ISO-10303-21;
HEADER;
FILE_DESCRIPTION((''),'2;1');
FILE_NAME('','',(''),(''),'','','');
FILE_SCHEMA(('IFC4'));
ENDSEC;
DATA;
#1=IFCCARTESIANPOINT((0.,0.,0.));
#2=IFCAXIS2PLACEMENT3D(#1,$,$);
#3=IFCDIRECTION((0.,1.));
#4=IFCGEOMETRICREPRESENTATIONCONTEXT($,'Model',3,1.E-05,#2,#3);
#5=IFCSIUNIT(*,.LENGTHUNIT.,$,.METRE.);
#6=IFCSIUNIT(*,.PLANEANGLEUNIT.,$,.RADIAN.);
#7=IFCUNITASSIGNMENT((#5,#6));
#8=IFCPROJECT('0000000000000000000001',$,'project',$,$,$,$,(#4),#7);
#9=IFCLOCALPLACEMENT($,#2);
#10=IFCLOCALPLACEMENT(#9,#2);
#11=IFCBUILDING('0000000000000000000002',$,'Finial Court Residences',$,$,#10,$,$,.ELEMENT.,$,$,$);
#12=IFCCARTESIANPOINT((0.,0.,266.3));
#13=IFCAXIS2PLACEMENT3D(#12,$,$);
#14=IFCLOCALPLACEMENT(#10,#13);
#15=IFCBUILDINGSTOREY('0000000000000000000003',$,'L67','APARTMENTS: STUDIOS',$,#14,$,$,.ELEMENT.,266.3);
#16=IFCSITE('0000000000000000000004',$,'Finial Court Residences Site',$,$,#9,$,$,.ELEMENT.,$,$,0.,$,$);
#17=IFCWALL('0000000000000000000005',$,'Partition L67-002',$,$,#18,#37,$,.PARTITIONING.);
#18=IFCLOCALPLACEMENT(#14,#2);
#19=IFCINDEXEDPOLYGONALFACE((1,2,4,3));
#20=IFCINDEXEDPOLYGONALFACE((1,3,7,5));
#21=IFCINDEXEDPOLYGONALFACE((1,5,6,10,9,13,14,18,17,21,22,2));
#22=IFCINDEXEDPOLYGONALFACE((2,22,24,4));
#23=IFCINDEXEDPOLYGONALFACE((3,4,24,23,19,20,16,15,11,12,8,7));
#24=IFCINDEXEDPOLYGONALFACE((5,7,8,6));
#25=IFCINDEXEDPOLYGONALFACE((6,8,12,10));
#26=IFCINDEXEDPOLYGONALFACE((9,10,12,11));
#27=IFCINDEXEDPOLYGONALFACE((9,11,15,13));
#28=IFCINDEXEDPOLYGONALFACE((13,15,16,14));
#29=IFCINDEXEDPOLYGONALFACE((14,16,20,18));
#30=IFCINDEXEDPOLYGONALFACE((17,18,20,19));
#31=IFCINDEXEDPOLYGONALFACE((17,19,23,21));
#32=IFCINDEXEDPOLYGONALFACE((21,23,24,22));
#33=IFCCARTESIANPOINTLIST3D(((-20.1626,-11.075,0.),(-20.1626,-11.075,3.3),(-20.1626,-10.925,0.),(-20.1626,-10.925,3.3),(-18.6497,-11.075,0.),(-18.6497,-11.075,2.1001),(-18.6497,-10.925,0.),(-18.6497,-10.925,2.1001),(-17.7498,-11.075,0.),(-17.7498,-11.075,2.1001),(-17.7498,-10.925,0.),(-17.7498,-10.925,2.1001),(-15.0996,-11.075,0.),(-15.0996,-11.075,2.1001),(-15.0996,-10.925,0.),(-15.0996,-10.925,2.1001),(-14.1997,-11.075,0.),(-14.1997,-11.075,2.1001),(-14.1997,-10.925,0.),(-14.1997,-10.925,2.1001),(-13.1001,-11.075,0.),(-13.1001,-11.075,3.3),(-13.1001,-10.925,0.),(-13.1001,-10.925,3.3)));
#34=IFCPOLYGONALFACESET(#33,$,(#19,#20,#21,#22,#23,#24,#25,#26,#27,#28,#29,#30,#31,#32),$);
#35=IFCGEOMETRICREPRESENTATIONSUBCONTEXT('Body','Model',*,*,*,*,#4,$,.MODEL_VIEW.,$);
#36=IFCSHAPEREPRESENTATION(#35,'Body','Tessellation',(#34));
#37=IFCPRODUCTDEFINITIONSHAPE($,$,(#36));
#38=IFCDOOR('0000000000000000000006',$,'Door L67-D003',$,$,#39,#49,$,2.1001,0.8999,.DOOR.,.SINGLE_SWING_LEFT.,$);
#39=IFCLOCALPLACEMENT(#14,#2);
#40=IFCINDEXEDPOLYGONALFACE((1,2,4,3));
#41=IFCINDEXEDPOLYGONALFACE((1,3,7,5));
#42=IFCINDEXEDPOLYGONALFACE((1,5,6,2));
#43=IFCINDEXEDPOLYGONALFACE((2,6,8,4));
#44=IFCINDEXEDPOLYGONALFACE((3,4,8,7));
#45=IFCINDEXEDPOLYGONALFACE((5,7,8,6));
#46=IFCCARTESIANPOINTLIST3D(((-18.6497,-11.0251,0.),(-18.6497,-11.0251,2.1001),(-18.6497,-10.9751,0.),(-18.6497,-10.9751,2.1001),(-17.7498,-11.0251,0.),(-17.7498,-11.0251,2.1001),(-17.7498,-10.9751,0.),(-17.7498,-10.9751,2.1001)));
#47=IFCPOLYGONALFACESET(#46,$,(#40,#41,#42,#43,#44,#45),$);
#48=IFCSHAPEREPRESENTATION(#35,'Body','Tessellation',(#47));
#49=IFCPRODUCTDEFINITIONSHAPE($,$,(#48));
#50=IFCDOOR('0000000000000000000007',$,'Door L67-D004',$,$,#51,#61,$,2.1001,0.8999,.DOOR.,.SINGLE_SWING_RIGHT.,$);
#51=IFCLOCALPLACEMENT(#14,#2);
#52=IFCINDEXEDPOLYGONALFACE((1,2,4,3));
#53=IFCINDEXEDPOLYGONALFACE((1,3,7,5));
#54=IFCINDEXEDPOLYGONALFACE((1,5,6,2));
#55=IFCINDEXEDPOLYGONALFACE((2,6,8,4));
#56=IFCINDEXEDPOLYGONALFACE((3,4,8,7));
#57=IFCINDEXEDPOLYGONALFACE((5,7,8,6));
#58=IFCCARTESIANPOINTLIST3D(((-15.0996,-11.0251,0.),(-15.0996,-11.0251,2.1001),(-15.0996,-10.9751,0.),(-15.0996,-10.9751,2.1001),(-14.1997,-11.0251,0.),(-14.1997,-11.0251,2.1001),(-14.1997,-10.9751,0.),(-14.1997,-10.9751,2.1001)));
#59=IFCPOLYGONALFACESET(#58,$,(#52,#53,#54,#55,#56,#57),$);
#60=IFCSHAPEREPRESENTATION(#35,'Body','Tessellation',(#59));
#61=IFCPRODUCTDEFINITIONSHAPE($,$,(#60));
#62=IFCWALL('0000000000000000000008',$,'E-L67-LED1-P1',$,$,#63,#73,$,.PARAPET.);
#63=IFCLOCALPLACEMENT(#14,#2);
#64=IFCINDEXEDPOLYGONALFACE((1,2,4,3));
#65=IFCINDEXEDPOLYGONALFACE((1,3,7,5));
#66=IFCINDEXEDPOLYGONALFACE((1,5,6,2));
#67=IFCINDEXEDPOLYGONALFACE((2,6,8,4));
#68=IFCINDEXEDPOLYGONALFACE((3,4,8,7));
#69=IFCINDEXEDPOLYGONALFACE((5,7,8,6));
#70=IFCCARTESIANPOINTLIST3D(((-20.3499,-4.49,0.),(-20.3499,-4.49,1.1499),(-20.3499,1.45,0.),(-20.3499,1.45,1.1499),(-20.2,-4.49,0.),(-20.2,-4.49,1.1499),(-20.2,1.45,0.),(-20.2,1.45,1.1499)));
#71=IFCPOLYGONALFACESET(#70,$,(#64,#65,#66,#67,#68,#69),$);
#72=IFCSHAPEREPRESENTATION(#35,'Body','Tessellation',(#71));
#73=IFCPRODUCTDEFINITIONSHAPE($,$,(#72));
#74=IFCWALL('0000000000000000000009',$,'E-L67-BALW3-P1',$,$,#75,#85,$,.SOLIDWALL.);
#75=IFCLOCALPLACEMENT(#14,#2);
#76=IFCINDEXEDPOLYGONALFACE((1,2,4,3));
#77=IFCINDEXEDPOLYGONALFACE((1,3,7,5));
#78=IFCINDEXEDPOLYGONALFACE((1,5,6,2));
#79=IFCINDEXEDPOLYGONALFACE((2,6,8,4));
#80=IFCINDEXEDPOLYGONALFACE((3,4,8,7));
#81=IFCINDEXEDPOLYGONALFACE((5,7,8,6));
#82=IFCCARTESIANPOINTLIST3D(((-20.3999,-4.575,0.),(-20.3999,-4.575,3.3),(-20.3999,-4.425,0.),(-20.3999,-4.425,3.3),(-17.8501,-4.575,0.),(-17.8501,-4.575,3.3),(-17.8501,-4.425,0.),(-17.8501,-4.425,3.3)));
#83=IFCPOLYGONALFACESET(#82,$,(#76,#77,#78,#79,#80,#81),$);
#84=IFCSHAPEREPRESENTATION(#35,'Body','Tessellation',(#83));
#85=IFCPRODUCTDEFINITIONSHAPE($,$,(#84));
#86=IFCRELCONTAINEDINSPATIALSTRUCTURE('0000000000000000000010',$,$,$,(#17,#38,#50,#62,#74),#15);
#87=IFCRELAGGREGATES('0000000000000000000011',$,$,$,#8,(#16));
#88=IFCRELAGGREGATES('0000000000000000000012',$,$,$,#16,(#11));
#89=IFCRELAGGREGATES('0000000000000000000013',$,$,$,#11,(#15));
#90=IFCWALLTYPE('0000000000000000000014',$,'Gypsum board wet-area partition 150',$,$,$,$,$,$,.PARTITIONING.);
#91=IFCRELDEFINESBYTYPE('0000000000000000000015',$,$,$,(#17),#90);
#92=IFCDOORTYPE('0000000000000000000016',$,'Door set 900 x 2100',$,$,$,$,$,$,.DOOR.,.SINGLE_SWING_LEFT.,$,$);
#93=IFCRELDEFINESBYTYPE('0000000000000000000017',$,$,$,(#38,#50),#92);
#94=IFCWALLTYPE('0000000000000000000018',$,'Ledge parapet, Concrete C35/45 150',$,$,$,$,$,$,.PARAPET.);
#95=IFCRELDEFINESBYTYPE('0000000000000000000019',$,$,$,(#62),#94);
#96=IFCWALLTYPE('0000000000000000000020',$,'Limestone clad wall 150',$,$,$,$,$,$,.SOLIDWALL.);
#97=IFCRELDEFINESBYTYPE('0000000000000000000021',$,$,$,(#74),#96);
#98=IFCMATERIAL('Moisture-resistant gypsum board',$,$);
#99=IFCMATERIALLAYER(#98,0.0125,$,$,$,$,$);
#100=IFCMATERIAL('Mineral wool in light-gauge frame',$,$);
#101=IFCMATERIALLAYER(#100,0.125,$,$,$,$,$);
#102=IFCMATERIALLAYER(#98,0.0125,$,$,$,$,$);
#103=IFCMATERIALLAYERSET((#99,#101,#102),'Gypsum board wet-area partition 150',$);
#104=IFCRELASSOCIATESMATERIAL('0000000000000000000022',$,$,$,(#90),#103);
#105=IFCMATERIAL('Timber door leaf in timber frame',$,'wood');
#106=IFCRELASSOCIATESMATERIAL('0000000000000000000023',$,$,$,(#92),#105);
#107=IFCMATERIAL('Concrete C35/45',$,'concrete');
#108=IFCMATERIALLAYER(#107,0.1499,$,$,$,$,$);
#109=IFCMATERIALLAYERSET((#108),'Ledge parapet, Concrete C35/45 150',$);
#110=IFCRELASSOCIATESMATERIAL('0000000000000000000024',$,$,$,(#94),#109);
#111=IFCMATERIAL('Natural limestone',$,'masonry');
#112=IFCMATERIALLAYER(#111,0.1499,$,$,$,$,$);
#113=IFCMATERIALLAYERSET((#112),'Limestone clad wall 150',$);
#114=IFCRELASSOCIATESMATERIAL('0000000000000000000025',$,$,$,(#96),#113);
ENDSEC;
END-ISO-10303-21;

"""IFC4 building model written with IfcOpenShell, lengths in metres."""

from ifc_helpers import new_model, si_unit, direction, frame, frame_2d, origin, place, context, subcontext, project, spatial, rectangle, extrude, material, layer, layer_set, type_object, element, fill, save


model = new_model("IFC4")

# Units and contexts
model_context = context("Model", 3, precision=1e-05, world=origin(), true_north=direction((0.0, 1.0)))
body_context = subcontext(model_context, "Body", "Model", "MODEL_VIEW")
ifc_project = project(units=[si_unit("LENGTHUNIT", "METRE"), si_unit("PLANEANGLEUNIT", "RADIAN")], contexts=[model_context])

# Site, building, storey
site_placement = place(None, origin())
site = spatial("IfcSite", under=ifc_project, at=site_placement, Name="Finial Court Residences Site", CompositionType="ELEMENT", RefElevation=0.0)
building_placement = place(site_placement, origin())
building = spatial("IfcBuilding", under=site, at=building_placement, Name="Finial Court Residences", CompositionType="ELEMENT")
storey_placement = place(building_placement, frame((0.0, 0.0, 266.3)))
storey = spatial("IfcBuildingStorey", under=building, at=storey_placement, Name="L67", Description="APARTMENTS: STUDIOS", CompositionType="ELEMENT", Elevation=266.3)

# Shared definitions
ifc_material_1 = material(Name="Moisture-resistant gypsum board")
ifc_layer_1 = layer(ifc_material_1, 0.0125)
ifc_material_2 = material(Name="Mineral wool in light-gauge frame")
ifc_layer_2 = layer(ifc_material_2, 0.125)
ifc_layer_3 = layer(ifc_material_1, 0.0125)
ifc_layer_set_1 = layer_set([ifc_layer_1, ifc_layer_2, ifc_layer_3], Name="Gypsum board wet-area partition 150")
wall_type_1 = type_object("IfcWallType", Name="Gypsum board wet-area partition 150", PredefinedType="PARTITIONING", material=ifc_layer_set_1)
ifc_material_3 = material(Name="Timber door leaf in timber frame", Category="wood")
door_type_1 = type_object("IfcDoorType", Name="Door set 900 x 2100", OperationType="SINGLE_SWING_LEFT", PredefinedType="DOOR", material=ifc_material_3)

# Wall, openings, doors
wall_1_placement = place(storey_placement, frame((-20.1626, -11.0, 0.0), z_axis=(0.0, 0.0, 1.0), x_axis=(1.0, 0.0, 0.0)))
wall_1 = element("IfcWall", 1, at=wall_1_placement, inside=storey, type_object=wall_type_1, Name="Partition L67-002", PredefinedType="PARTITIONING", context=body_context, shape_type="SweptSolid", body=[
    extrude(rectangle(XDim=7.0625, YDim=0.1499, at=frame_2d((3.5312, 0.0))), origin(), (0.0, 0.0, 1.0), 3.3),
])
opening_1_placement = place(wall_1_placement, frame((1.5129, 0.0, 0.0)))
opening_1 = element("IfcOpeningElement", 2, at=opening_1_placement, cuts=wall_1, PredefinedType="OPENING", context=body_context, shape_type="SweptSolid", body=[
    extrude(rectangle(XDim=0.8999, YDim=2.1001, at=frame_2d((0.45, 1.05))), frame((0.0, 0.085, 0.0), z_axis=(0.0, -1.0, 0.0), x_axis=(1.0, 0.0, 0.0)), (0.0, 0.0, 1.0), 0.1699),
])
opening_2_placement = place(wall_1_placement, frame((5.063, 0.0, 0.0)))
opening_2 = element("IfcOpeningElement", 3, at=opening_2_placement, cuts=wall_1, PredefinedType="OPENING", context=body_context, shape_type="SweptSolid", body=[
    extrude(rectangle(XDim=0.8999, YDim=2.1001, at=frame_2d((0.45, 1.05))), frame((0.0, 0.085, 0.0), z_axis=(0.0, -1.0, 0.0), x_axis=(1.0, 0.0, 0.0)), (0.0, 0.0, 1.0), 0.1699),
])
door_1_placement = place(opening_1_placement, origin())
door_1 = element("IfcDoor", 4, at=door_1_placement, inside=storey, type_object=door_type_1, Name="Door L67-D003", OperationType="SINGLE_SWING_LEFT", OverallHeight=2.1001, OverallWidth=0.8999, PredefinedType="DOOR", context=body_context, shape_type="SweptSolid", body=[
    extrude(rectangle(XDim=0.8999, YDim=2.1001, at=frame_2d((0.45, 1.05))), frame((0.0, 0.0249, 0.0), z_axis=(0.0, -1.0, 0.0), x_axis=(1.0, 0.0, 0.0)), (0.0, 0.0, 1.0), 0.05),
])
fill(opening_1, door_1)
door_2_placement = place(opening_2_placement, origin())
door_2 = element("IfcDoor", 5, at=door_2_placement, inside=storey, type_object=door_type_1, Name="Door L67-D004", OperationType="SINGLE_SWING_RIGHT", OverallHeight=2.1001, OverallWidth=0.8999, PredefinedType="DOOR", context=body_context, shape_type="SweptSolid", body=[
    extrude(rectangle(XDim=0.8999, YDim=2.1001, at=frame_2d((0.45, 1.05))), frame((0.0, 0.0249, 0.0), z_axis=(0.0, -1.0, 0.0), x_axis=(1.0, 0.0, 0.0)), (0.0, 0.0, 1.0), 0.05),
])
fill(opening_2, door_2)

# Walls
ifc_material_4 = material(Name="Concrete C35/45", Category="concrete")
ifc_layer_4 = layer(ifc_material_4, 0.1499)
ifc_layer_set_2 = layer_set([ifc_layer_4], Name="Ledge parapet, Concrete C35/45 150")
wall_type_2 = type_object("IfcWallType", Name="Ledge parapet, Concrete C35/45 150", PredefinedType="PARAPET", material=ifc_layer_set_2)
wall_2_placement = place(storey_placement, frame((-20.2749, -4.49, 0.0), z_axis=(0.0, 0.0, 1.0), x_axis=(0.0, 1.0, 0.0)))
element("IfcWall", 6, at=wall_2_placement, inside=storey, type_object=wall_type_2, Name="E-L67-LED1-P1", PredefinedType="PARAPET", context=body_context, shape_type="SweptSolid", body=[
    extrude(rectangle(XDim=5.9399, YDim=0.1499, at=frame_2d((2.97, 0.0))), origin(), (0.0, 0.0, 1.0), 1.1499),
])
ifc_material_5 = material(Name="Natural limestone", Category="masonry")
ifc_layer_5 = layer(ifc_material_5, 0.1499)
ifc_layer_set_3 = layer_set([ifc_layer_5], Name="Limestone clad wall 150")
wall_type_3 = type_object("IfcWallType", Name="Limestone clad wall 150", PredefinedType="SOLIDWALL", material=ifc_layer_set_3)
wall_3_placement = place(storey_placement, frame((-17.8501, -4.5, 0.0), z_axis=(0.0, 0.0, 1.0), x_axis=(-1.0, 0.0, 0.0)))
element("IfcWall", 7, at=wall_3_placement, inside=storey, type_object=wall_type_3, Name="E-L67-BALW3-P1", PredefinedType="SOLIDWALL", context=body_context, shape_type="SweptSolid", body=[
    extrude(rectangle(XDim=2.5498, YDim=0.1499, at=frame_2d((1.2749, 0.0))), origin(), (0.0, 0.0, 1.0), 3.3),
])

save(model, "model.ifc")
